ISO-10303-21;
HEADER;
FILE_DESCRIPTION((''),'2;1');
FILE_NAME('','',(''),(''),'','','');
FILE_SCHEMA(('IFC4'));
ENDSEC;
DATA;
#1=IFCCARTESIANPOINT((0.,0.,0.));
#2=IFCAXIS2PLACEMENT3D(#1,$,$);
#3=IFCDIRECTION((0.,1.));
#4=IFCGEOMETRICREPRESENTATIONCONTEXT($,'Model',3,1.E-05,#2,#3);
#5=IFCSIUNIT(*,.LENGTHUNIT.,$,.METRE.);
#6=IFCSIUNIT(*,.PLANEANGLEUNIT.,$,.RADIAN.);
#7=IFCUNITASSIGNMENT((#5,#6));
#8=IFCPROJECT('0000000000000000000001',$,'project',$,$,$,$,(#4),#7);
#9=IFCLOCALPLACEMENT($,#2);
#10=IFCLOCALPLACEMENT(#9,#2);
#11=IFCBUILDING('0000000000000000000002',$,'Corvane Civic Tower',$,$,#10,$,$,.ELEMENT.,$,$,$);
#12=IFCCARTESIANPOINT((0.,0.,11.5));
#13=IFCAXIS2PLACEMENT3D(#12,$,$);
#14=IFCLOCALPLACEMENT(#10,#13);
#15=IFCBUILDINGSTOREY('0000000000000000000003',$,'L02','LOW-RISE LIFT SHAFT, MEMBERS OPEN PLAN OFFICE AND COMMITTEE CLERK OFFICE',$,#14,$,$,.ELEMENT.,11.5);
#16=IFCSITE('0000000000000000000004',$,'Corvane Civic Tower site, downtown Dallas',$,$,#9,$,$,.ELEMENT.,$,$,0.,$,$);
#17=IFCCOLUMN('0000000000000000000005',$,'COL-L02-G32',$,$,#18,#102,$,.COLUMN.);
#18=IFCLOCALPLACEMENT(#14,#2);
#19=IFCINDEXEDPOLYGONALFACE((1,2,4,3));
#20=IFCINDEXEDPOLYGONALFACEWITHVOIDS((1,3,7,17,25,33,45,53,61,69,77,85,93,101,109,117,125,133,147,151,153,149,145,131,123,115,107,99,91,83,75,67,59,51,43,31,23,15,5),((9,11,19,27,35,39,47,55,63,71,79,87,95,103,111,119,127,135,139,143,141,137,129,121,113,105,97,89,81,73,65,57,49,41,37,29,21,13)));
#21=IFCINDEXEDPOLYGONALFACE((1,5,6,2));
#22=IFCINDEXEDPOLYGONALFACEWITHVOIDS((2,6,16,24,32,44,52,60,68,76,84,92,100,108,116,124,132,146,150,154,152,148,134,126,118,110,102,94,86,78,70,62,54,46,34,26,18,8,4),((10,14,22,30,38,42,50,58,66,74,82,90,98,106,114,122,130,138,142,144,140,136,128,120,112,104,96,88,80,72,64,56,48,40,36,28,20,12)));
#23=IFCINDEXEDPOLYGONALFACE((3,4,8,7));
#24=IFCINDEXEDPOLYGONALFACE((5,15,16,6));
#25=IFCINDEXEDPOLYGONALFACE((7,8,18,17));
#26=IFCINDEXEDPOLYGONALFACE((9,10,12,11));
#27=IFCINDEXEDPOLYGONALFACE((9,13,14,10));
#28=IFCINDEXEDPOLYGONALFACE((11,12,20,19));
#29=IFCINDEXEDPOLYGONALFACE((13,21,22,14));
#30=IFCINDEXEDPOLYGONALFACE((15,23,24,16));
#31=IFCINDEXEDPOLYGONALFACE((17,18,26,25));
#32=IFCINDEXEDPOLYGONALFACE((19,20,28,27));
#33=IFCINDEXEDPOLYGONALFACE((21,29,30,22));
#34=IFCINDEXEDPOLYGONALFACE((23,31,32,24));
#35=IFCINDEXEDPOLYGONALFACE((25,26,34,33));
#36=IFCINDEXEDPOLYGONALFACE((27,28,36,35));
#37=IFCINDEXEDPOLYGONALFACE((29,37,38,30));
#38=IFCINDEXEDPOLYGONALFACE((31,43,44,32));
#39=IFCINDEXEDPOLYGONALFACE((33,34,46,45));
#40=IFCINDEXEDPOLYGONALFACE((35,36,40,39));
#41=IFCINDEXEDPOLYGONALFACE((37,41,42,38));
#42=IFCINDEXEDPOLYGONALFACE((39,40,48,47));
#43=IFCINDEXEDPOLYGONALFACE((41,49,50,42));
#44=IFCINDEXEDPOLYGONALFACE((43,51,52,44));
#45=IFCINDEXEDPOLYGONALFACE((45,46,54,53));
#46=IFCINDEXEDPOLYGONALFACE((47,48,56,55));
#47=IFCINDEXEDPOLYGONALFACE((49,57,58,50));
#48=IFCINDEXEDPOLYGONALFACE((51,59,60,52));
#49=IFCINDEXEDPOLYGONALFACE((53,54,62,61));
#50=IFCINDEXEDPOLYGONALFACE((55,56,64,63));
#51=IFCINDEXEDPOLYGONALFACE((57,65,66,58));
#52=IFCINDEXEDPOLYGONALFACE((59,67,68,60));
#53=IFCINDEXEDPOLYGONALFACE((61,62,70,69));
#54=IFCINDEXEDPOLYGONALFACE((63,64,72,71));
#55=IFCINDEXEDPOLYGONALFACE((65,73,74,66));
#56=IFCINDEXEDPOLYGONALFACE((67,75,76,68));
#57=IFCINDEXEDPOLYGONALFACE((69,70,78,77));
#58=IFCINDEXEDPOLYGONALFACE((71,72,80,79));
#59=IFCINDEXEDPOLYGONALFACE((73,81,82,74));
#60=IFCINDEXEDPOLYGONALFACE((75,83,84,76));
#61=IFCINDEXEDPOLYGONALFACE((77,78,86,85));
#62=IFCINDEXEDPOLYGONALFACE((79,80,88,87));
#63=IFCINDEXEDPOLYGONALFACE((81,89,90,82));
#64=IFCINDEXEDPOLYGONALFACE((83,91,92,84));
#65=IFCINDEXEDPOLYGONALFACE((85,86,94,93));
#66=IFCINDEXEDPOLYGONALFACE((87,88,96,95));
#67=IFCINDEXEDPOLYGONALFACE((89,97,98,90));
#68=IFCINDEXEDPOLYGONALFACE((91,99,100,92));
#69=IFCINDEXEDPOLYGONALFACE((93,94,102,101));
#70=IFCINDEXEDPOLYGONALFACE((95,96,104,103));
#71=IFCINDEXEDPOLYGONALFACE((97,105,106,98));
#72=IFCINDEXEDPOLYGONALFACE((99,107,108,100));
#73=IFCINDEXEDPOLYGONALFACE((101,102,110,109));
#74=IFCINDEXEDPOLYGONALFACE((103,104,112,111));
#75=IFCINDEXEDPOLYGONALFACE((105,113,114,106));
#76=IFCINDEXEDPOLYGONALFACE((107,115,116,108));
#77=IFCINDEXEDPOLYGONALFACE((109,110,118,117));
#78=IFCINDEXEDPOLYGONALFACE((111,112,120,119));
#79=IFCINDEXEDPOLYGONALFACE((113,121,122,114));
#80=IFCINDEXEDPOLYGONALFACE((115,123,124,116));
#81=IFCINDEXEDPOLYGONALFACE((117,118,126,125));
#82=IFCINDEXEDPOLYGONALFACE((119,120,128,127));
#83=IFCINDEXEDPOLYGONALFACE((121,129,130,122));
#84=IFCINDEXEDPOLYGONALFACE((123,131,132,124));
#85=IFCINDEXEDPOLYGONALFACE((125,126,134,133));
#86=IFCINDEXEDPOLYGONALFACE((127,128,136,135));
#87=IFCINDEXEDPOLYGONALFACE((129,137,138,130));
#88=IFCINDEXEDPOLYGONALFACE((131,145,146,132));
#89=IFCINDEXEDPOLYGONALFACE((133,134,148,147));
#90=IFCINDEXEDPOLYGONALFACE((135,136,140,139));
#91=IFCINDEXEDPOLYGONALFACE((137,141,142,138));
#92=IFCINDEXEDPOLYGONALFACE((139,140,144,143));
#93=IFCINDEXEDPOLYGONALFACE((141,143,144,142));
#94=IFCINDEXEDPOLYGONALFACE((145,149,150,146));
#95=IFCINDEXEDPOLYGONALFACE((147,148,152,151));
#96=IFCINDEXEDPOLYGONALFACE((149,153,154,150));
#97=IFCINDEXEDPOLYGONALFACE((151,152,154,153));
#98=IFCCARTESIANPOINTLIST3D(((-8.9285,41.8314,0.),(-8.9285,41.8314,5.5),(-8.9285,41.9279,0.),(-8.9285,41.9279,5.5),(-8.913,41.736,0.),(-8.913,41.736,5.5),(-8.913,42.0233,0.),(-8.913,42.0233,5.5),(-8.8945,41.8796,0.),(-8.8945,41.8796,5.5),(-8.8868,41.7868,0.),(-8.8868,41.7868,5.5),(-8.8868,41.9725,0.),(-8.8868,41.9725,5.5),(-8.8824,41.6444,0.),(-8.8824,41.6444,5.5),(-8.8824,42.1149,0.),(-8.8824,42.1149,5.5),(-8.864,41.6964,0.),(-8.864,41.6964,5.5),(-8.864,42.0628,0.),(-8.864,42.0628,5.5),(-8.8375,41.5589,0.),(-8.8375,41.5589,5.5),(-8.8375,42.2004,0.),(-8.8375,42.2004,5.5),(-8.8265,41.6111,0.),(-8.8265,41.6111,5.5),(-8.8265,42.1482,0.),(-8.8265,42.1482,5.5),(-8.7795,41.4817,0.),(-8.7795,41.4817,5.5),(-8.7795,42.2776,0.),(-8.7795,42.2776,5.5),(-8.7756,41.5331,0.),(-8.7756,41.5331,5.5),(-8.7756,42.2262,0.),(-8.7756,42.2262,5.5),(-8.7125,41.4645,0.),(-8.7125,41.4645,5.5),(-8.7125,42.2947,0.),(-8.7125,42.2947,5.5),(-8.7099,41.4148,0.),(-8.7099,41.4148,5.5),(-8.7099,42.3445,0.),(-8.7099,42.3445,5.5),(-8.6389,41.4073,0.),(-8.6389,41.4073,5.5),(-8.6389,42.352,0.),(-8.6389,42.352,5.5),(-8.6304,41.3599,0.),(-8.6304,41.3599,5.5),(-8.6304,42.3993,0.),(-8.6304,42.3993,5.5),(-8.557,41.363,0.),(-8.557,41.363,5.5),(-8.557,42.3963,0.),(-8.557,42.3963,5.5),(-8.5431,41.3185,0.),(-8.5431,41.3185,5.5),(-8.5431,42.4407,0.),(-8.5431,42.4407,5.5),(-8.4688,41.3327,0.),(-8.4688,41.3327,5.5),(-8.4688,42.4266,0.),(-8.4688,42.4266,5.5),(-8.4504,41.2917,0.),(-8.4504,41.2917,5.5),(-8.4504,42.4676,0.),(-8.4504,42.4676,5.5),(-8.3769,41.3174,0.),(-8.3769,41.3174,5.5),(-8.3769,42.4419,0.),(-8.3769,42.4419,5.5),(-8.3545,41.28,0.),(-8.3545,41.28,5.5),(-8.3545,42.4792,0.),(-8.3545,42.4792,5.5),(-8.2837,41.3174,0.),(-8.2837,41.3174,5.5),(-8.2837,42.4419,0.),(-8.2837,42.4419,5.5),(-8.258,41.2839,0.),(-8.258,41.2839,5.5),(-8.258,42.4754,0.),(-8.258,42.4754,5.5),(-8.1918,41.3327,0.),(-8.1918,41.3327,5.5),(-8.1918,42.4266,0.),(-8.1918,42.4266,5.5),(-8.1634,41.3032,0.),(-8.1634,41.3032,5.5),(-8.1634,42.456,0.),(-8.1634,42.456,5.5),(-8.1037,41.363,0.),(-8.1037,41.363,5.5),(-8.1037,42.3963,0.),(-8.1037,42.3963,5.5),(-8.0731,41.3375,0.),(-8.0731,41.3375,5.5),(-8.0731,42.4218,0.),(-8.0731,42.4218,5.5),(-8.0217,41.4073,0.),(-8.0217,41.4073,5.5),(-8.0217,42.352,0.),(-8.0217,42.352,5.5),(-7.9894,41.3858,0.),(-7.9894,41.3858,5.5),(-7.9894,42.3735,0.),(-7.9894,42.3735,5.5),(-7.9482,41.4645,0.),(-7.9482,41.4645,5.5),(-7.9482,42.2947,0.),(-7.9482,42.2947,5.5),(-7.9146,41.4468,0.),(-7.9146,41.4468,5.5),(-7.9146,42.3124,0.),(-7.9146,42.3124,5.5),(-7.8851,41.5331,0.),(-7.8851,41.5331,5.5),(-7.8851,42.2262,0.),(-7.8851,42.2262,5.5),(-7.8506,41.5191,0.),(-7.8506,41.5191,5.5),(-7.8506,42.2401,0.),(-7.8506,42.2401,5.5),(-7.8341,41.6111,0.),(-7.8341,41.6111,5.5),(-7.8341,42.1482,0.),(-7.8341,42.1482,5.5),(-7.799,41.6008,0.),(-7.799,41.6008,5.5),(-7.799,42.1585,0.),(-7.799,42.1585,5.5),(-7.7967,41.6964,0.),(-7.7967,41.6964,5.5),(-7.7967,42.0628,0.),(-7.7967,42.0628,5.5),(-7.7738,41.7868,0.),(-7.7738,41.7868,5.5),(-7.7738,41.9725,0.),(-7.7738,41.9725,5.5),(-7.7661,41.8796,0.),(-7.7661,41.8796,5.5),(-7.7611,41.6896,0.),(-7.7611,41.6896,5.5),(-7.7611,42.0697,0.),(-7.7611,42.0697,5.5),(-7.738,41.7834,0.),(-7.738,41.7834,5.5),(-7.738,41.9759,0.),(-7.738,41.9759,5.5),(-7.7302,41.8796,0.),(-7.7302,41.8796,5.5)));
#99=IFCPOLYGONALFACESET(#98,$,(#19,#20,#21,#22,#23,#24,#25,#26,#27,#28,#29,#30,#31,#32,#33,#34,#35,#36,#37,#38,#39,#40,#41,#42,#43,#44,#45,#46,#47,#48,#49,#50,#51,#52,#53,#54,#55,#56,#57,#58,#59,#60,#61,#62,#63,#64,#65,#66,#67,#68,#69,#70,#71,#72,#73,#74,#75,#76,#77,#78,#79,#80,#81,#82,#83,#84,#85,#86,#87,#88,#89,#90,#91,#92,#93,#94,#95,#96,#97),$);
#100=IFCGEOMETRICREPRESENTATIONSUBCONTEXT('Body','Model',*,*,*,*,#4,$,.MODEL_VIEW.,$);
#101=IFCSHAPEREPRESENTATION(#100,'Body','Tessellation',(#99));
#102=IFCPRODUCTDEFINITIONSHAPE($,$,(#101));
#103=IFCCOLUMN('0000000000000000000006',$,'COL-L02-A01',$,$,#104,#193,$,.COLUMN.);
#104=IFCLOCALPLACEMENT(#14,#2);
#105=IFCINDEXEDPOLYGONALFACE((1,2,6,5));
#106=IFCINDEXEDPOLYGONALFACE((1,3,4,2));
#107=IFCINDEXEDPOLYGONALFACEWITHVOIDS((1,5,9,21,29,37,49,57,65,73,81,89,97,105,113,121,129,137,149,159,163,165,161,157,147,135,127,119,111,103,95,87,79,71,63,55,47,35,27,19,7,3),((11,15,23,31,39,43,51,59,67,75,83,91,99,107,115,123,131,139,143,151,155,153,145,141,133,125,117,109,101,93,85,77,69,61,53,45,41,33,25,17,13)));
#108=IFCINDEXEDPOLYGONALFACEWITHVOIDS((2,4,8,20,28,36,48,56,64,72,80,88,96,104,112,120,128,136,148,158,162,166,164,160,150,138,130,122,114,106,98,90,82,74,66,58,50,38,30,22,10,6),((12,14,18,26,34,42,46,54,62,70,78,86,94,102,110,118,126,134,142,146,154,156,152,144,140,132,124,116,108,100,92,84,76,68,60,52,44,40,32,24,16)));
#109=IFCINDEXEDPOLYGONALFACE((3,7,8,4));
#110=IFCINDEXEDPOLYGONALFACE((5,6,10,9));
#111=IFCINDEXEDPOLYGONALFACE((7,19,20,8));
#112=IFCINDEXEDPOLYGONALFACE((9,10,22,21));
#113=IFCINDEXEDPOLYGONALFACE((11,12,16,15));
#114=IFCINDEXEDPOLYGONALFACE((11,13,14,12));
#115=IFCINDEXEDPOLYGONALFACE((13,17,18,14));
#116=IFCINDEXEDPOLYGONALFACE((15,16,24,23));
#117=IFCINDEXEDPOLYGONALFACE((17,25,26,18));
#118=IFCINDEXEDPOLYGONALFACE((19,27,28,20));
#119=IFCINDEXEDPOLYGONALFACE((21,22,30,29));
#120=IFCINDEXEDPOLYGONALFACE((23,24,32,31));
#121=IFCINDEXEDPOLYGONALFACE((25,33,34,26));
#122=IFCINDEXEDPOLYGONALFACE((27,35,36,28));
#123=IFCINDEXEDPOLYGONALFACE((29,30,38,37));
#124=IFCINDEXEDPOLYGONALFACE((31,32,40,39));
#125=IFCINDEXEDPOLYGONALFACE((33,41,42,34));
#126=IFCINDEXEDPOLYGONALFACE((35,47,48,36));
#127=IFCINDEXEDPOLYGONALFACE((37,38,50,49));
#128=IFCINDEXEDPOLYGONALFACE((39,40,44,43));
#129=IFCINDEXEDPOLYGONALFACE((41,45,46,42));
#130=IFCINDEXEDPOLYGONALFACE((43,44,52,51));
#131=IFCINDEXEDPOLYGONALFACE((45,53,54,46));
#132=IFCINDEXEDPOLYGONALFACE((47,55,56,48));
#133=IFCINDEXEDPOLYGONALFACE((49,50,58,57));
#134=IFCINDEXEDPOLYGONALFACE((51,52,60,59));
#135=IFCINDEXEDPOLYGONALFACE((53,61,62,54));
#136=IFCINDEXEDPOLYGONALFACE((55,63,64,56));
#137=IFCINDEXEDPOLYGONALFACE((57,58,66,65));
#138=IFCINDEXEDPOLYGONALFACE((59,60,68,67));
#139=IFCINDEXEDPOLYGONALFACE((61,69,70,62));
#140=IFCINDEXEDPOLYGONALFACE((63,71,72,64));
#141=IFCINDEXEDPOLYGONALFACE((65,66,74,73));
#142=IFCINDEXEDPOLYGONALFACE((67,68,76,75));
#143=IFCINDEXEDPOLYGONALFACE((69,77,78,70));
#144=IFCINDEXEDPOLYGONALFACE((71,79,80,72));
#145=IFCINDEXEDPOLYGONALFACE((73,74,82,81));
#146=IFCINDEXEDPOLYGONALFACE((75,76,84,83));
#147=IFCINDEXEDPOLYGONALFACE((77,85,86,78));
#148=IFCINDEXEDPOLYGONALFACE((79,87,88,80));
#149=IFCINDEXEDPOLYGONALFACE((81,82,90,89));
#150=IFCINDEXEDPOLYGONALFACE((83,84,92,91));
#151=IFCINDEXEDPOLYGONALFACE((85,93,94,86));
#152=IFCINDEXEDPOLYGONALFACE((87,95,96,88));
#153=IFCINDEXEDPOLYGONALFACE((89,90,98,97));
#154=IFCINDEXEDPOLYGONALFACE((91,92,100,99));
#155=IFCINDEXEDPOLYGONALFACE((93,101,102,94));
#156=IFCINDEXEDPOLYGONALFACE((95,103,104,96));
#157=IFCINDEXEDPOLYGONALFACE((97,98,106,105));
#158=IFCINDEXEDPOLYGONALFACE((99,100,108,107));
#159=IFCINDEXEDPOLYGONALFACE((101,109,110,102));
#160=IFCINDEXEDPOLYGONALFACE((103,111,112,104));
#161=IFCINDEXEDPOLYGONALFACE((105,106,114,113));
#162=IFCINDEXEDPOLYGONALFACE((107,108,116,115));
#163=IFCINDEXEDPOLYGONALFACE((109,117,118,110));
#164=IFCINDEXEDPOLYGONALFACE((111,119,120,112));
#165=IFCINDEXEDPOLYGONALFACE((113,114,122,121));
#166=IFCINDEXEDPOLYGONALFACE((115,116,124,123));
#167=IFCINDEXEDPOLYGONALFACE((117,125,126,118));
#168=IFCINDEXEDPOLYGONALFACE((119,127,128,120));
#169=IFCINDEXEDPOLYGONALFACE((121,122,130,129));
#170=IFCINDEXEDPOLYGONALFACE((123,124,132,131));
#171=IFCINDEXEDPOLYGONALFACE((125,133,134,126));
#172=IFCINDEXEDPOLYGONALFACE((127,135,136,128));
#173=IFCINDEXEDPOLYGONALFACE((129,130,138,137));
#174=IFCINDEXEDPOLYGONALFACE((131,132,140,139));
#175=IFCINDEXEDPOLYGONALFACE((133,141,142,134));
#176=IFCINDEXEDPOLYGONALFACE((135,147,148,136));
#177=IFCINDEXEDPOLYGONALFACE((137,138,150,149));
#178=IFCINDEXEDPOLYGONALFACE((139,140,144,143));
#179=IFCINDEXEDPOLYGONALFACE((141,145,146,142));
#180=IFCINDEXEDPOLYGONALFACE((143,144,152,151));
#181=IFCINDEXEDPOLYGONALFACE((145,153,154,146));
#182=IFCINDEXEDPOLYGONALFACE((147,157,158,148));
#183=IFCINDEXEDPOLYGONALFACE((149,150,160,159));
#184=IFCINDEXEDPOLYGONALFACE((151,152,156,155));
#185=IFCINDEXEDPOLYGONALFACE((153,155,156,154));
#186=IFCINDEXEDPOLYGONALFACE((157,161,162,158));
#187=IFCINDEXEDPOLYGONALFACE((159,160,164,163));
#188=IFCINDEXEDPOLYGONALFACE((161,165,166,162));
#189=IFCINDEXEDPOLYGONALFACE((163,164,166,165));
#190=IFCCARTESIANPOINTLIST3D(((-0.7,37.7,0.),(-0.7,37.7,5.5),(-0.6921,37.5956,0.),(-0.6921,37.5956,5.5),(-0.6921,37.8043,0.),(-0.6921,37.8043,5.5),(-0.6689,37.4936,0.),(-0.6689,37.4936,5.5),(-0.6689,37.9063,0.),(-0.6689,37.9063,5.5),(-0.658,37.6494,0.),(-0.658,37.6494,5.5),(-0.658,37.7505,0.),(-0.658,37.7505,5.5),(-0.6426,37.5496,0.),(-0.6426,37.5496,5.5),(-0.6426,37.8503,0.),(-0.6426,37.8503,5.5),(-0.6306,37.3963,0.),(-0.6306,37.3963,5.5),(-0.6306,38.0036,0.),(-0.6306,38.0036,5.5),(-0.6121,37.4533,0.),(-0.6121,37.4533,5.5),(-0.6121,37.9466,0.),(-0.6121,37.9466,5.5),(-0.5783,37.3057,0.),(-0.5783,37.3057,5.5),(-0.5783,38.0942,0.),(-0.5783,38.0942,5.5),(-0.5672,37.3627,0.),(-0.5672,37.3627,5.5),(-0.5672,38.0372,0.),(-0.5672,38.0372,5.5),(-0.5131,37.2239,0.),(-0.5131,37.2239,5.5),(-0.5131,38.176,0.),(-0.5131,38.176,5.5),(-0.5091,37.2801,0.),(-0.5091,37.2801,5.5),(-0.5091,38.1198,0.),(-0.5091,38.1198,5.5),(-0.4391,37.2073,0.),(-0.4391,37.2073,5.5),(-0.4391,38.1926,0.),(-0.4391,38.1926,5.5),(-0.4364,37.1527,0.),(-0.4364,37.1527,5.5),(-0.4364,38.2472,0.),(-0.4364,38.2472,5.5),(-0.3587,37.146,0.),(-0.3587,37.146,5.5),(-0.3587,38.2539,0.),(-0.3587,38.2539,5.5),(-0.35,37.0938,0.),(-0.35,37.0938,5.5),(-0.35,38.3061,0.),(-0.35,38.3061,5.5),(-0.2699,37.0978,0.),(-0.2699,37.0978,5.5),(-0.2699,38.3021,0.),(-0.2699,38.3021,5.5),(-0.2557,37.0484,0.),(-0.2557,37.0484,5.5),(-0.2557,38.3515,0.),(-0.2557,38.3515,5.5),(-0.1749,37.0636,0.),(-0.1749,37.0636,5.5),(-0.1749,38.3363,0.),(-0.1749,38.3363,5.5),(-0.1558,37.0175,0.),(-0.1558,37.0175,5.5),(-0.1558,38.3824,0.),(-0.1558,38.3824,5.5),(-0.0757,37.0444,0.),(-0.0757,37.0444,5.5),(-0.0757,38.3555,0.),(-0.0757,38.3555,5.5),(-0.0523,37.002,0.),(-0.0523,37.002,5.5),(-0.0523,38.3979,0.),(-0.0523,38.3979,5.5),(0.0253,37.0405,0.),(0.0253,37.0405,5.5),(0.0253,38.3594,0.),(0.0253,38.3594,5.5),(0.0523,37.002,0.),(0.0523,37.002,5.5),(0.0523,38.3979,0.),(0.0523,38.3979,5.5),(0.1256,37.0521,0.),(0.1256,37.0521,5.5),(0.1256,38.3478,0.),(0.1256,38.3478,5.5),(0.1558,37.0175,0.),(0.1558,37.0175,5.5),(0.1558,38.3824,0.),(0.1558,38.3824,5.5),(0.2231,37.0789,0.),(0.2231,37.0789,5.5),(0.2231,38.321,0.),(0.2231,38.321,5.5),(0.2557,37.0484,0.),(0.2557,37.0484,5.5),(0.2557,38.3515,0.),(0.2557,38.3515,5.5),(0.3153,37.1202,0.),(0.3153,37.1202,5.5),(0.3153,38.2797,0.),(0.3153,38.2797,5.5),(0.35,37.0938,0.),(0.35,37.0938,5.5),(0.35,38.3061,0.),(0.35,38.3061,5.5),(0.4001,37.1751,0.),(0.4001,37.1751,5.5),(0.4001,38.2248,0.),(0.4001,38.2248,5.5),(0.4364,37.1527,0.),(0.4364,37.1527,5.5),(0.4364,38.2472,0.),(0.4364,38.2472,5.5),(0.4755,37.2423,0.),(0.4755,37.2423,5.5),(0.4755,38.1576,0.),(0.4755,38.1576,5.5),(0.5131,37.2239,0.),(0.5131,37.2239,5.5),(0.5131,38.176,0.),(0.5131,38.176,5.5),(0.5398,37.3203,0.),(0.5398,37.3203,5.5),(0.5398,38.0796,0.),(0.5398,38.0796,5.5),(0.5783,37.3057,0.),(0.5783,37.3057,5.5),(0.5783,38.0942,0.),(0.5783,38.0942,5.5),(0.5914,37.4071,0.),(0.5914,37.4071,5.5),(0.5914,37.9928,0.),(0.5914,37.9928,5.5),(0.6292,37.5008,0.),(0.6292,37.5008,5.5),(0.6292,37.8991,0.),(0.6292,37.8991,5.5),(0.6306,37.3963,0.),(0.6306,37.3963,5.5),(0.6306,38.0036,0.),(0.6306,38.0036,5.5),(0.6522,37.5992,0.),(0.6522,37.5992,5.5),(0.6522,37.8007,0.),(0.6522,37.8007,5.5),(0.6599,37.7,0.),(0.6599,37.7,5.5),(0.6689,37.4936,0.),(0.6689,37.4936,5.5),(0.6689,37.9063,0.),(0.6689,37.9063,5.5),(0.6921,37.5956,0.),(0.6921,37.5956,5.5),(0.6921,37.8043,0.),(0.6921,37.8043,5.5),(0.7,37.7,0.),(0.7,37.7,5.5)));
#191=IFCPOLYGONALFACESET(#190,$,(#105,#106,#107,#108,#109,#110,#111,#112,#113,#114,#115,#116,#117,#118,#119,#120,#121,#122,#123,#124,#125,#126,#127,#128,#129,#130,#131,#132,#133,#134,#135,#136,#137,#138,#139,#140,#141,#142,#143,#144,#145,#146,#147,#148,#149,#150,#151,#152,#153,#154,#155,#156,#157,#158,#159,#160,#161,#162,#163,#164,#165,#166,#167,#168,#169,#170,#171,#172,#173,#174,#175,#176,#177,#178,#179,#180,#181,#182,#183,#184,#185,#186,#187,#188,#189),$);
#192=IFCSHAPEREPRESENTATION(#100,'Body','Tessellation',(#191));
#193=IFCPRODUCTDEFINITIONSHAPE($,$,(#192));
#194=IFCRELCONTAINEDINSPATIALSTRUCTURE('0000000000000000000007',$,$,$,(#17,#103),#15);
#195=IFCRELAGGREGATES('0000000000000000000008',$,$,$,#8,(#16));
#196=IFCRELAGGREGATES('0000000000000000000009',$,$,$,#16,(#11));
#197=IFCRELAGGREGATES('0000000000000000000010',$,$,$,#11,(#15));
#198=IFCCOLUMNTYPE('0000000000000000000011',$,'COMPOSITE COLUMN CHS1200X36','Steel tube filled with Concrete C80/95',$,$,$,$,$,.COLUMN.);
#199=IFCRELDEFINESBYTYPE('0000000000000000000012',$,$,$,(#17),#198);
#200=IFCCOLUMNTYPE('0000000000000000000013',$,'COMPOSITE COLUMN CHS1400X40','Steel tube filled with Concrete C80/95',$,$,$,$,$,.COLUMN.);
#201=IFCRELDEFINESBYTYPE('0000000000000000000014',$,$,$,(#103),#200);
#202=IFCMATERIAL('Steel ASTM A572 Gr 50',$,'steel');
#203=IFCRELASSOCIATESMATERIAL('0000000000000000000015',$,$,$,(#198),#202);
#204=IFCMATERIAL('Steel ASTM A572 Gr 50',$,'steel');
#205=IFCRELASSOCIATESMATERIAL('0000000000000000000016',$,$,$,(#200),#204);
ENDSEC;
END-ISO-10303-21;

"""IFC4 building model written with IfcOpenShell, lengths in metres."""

from ifc_helpers import new_model, si_unit, direction, frame, origin, origin_2d, place, context, subcontext, project, spatial, hollow_circle, extrude, material, material_profile, profile_set, type_object, element, save


model = new_model("IFC4")

# Units and contexts
model_context = context("Model", 3, precision=1e-05, world=origin(), true_north=direction((0.0, 1.0)))
body_context = subcontext(model_context, "Body", "Model", "MODEL_VIEW")
ifc_project = project(units=[si_unit("LENGTHUNIT", "METRE"), si_unit("PLANEANGLEUNIT", "RADIAN")], contexts=[model_context])

# Site, building, storey
site_placement = place(None, origin())
site = spatial("IfcSite", under=ifc_project, at=site_placement, Name="Corvane Civic Tower site, downtown Dallas", CompositionType="ELEMENT", RefElevation=0.0)
building_placement = place(site_placement, origin())
building = spatial("IfcBuilding", under=site, at=building_placement, Name="Corvane Civic Tower", CompositionType="ELEMENT")
storey_placement = place(building_placement, frame((0.0, 0.0, 11.5)))
storey = spatial("IfcBuildingStorey", under=building, at=storey_placement, Name="L02", Description="LOW-RISE LIFT SHAFT, MEMBERS OPEN PLAN OFFICE AND COMMITTEE CLERK OFFICE", CompositionType="ELEMENT", Elevation=11.5)

# Columns
ifc_material_1 = material(Name="Steel ASTM A572 Gr 50", Category="steel")
ifc_material_profile_1 = material_profile(ifc_material_1, hollow_circle(Radius=0.6001, WallThickness=0.0359, at=origin_2d()), Name="CHS1200X36")
ifc_profile_set_1 = profile_set([ifc_material_profile_1], Name="Steel ASTM A572 Gr 50")
column_type_1 = type_object("IfcColumnType", Name="COMPOSITE COLUMN CHS1200X36", Description="Steel tube filled with Concrete C80/95", PredefinedType="COLUMN", material=ifc_profile_set_1)
for number, where, z_axis, x_axis, name in (
    (1, (-8.3303, 41.8796, 0.0), (0.0, 0.0, 1.0), (1.0, 0.0, 0.0), "COL-L02-G32"),
):
    element("IfcColumn", number, at=place(storey_placement, frame(where, z_axis=z_axis, x_axis=x_axis)), inside=storey, type_object=column_type_1, Name=name, PredefinedType="COLUMN", context=body_context, shape_type="SweptSolid", body=[
        extrude(hollow_circle(Radius=0.6001, WallThickness=0.0359, at=origin_2d()), origin(), (0.0, 0.0, 1.0), 5.5),
    ])
ifc_material_2 = material(Name="Steel ASTM A572 Gr 50", Category="steel")
ifc_material_profile_2 = material_profile(ifc_material_2, hollow_circle(Radius=0.7, WallThickness=0.04, at=origin_2d()), Name="CHS1400X40")
ifc_profile_set_2 = profile_set([ifc_material_profile_2], Name="Steel ASTM A572 Gr 50")
column_type_2 = type_object("IfcColumnType", Name="COMPOSITE COLUMN CHS1400X40", Description="Steel tube filled with Concrete C80/95", PredefinedType="COLUMN", material=ifc_profile_set_2)
for number, where, z_axis, x_axis, name in (
    (2, (0.0, 37.7, 0.0), (0.0, 0.0, 1.0), (1.0, 0.0, 0.0), "COL-L02-A01"),
):
    element("IfcColumn", number, at=place(storey_placement, frame(where, z_axis=z_axis, x_axis=x_axis)), inside=storey, type_object=column_type_2, Name=name, PredefinedType="COLUMN", context=body_context, shape_type="SweptSolid", body=[
        extrude(hollow_circle(Radius=0.7, WallThickness=0.04, at=origin_2d()), origin(), (0.0, 0.0, 1.0), 5.5),
    ])

save(model, "model.ifc")
